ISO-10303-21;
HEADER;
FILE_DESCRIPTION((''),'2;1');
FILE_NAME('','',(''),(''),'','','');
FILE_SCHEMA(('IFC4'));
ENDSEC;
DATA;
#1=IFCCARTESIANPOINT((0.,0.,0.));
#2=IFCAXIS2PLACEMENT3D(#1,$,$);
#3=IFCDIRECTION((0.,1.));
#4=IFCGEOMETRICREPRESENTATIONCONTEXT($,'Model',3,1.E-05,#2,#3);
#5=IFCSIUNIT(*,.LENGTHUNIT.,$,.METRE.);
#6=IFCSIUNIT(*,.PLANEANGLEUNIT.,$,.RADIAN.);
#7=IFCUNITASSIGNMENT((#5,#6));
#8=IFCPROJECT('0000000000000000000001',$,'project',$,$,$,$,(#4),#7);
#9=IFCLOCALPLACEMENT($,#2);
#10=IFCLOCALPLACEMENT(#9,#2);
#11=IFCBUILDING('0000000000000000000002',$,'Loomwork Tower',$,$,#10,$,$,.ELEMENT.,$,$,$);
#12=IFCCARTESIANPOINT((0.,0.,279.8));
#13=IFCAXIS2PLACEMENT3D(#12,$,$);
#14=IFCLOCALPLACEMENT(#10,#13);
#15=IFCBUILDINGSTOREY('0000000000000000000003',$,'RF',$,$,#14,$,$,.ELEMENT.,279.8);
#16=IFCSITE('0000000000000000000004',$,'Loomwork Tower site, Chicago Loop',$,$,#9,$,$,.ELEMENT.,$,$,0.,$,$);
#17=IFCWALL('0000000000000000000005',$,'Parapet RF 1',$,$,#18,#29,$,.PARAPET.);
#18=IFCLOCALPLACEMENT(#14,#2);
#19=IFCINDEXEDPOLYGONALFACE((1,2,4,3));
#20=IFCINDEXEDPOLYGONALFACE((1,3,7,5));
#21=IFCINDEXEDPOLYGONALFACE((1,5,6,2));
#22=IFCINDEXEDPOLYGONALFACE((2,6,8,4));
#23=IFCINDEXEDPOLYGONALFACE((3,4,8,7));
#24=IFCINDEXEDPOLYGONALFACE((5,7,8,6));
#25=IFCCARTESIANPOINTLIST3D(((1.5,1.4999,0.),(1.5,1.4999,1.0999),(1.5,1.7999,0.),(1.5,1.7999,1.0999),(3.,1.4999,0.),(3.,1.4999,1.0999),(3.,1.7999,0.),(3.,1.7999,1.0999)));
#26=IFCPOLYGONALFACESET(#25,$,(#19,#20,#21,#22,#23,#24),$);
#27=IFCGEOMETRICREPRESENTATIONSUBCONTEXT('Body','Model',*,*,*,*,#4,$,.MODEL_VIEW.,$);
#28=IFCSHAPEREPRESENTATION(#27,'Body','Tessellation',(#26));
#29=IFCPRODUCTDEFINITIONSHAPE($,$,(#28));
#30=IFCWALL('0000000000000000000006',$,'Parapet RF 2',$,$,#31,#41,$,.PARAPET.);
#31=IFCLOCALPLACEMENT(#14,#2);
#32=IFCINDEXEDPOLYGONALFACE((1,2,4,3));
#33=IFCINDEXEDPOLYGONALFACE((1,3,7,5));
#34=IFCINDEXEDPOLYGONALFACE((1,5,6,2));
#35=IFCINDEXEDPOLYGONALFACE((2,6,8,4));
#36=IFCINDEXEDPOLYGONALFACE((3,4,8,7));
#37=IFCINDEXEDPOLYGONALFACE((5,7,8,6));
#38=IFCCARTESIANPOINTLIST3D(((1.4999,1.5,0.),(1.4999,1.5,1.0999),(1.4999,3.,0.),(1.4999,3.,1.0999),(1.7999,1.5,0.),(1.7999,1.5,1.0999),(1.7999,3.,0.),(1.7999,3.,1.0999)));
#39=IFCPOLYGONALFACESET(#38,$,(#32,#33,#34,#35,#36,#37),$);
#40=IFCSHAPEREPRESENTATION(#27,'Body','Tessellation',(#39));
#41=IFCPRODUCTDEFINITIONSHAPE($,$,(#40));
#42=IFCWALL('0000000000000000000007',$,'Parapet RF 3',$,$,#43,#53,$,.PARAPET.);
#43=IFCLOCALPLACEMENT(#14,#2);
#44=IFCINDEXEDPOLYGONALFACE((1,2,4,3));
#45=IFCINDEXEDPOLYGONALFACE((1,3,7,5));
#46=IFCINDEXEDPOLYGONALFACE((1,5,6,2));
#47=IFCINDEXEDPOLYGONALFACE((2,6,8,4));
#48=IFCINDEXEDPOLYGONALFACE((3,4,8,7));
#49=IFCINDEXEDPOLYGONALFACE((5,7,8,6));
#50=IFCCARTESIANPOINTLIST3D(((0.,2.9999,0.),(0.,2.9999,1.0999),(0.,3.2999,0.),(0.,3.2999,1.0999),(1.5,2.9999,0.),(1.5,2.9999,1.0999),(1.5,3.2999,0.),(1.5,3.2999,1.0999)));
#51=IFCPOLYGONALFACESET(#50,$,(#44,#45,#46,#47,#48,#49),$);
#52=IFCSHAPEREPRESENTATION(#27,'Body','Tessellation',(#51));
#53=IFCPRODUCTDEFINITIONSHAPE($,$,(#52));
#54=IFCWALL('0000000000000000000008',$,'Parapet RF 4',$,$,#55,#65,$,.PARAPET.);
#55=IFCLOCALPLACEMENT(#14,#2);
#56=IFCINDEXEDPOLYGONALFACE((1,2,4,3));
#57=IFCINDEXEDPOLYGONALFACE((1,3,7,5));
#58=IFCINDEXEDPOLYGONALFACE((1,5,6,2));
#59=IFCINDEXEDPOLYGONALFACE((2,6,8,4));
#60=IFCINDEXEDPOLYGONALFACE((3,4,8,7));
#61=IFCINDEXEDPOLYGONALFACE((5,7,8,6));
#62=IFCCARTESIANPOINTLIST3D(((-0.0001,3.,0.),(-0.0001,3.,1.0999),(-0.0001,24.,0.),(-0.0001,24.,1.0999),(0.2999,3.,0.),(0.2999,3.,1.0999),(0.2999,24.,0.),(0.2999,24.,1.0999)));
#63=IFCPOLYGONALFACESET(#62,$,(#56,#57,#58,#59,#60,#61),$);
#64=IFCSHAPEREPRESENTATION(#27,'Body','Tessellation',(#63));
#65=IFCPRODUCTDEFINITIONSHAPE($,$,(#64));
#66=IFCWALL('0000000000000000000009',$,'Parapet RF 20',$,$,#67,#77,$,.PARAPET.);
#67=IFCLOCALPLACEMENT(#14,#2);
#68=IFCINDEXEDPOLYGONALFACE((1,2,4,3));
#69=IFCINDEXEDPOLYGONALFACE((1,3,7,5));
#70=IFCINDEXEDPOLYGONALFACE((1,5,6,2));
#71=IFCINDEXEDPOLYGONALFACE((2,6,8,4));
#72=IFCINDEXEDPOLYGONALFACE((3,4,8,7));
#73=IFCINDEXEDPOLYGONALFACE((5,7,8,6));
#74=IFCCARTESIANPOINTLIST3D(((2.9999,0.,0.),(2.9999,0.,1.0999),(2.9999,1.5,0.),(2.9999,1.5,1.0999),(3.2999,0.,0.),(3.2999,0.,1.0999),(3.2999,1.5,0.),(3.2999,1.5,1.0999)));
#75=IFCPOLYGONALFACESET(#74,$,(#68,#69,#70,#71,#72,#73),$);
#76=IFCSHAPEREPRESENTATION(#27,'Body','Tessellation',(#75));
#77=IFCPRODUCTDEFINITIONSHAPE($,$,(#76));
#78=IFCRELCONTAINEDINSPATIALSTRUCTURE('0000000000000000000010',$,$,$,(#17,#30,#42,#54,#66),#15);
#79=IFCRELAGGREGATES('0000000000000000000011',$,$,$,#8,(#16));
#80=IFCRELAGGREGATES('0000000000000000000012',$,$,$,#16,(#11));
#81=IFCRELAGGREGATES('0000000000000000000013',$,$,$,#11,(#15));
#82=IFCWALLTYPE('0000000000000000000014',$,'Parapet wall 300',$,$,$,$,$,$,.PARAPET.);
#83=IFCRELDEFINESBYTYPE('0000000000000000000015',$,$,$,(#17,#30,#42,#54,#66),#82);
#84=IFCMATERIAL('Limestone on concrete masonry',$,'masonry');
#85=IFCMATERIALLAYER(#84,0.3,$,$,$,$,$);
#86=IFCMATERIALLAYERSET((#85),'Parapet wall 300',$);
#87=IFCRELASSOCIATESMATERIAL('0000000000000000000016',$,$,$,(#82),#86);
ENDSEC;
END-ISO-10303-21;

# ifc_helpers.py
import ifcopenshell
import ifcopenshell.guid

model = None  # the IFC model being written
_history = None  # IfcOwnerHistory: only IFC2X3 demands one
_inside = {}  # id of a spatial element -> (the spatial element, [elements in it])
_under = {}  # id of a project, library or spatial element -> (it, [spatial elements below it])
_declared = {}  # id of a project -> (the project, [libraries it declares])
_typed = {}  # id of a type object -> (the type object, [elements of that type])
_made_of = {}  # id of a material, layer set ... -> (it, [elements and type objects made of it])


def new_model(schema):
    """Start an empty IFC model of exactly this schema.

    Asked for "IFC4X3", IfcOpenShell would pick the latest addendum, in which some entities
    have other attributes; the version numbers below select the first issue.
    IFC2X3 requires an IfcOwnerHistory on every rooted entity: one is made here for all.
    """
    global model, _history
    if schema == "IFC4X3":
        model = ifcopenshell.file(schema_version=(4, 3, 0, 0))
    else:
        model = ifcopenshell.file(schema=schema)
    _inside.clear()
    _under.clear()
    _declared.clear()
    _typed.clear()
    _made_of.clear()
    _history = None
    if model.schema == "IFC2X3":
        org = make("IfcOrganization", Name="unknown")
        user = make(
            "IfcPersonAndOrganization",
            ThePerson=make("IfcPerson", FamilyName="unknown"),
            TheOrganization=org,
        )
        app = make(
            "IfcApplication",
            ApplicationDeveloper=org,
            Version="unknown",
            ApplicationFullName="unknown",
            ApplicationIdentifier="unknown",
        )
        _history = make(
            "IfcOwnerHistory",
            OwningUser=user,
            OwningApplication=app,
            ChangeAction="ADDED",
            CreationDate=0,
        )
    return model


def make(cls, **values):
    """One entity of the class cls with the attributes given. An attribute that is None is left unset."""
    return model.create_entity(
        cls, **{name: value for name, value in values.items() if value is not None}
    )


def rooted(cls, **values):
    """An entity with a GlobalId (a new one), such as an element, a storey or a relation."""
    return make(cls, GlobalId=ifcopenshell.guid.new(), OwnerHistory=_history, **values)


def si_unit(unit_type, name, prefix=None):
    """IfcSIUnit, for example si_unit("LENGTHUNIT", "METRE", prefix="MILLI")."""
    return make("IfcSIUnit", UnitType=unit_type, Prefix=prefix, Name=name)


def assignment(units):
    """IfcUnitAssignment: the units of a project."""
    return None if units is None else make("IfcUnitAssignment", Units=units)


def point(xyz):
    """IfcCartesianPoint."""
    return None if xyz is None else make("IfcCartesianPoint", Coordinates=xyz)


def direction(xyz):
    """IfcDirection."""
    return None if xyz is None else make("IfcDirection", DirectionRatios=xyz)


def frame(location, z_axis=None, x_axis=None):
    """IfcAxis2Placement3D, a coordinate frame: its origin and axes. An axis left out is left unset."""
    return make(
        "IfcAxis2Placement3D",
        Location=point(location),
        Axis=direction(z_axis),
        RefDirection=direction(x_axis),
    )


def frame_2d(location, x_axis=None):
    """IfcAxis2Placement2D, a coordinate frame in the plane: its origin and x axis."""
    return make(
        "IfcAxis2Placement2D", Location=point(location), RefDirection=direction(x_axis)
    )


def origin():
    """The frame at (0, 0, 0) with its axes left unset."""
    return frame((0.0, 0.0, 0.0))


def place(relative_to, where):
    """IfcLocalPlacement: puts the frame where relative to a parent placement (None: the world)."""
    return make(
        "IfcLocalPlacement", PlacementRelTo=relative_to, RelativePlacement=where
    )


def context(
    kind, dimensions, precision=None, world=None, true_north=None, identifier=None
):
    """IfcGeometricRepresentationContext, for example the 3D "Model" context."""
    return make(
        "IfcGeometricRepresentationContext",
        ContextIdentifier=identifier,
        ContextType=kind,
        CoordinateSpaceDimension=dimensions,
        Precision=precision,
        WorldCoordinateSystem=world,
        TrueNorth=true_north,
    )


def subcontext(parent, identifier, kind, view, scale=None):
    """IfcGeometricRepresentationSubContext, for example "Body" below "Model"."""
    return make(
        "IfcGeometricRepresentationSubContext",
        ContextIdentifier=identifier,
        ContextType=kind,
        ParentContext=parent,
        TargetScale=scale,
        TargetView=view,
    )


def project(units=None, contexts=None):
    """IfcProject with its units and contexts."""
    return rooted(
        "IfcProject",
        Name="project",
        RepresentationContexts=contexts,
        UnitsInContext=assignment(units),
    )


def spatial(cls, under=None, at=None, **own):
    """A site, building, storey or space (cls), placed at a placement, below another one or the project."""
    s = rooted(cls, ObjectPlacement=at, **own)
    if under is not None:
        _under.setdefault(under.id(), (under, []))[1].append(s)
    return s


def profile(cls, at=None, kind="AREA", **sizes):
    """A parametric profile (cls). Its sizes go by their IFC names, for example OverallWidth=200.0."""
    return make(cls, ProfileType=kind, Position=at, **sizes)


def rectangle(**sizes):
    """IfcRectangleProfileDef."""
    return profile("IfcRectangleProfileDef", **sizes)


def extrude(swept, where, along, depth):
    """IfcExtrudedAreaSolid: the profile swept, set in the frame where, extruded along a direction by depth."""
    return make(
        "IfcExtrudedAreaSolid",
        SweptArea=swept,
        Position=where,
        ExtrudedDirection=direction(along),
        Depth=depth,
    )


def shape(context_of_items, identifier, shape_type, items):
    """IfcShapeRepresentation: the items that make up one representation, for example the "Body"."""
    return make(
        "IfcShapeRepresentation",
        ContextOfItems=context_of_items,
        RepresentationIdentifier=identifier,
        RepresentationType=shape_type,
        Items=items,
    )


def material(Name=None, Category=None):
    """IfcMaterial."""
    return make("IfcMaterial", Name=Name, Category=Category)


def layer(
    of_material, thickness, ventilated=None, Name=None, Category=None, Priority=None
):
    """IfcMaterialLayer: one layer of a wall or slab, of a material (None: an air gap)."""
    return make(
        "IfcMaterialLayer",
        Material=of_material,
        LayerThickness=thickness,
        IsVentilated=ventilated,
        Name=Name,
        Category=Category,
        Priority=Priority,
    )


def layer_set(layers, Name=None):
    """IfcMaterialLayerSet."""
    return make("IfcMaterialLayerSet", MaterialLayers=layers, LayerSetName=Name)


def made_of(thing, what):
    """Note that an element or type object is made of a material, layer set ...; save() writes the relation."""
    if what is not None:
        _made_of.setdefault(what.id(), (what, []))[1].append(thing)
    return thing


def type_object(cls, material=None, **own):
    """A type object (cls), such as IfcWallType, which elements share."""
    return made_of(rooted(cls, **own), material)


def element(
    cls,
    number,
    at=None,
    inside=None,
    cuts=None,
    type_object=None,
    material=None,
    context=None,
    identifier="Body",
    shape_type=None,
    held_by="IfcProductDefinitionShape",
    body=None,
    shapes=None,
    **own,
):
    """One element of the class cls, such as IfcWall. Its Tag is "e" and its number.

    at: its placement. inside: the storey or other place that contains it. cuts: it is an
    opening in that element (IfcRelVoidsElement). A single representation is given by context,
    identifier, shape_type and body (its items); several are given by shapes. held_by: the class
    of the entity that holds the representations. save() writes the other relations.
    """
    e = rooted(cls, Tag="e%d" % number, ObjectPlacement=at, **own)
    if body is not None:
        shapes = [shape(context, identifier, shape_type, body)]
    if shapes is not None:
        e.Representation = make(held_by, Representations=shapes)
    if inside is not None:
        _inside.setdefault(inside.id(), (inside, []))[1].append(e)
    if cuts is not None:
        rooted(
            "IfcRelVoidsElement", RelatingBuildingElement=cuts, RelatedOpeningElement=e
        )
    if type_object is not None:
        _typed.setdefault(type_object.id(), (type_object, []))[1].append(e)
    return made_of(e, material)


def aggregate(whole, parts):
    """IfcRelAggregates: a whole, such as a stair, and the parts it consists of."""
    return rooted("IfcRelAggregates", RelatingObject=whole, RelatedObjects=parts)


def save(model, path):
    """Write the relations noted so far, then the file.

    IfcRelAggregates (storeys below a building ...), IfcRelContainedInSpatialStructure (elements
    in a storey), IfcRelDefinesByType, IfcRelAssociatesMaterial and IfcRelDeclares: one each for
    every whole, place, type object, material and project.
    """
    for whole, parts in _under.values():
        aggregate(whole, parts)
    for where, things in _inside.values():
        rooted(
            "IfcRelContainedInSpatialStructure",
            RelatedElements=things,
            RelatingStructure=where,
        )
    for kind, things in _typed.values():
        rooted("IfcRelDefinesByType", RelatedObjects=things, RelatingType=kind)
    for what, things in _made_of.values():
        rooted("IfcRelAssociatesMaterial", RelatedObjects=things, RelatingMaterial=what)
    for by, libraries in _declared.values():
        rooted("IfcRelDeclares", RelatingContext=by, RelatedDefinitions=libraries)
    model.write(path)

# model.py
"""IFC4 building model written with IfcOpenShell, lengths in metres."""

from ifc_helpers import new_model, si_unit, direction, frame, frame_2d, origin, place, context, subcontext, project, spatial, rectangle, extrude, material, layer, layer_set, type_object, element, save


model = new_model("IFC4")

# Units and contexts
model_context = context("Model", 3, precision=1e-05, world=origin(), true_north=direction((0.0, 1.0)))
body_context = subcontext(model_context, "Body", "Model", "MODEL_VIEW")
ifc_project = project(units=[si_unit("LENGTHUNIT", "METRE"), si_unit("PLANEANGLEUNIT", "RADIAN")], contexts=[model_context])

# Site, building, storey
site_placement = place(None, origin())
site = spatial("IfcSite", under=ifc_project, at=site_placement, Name="Loomwork Tower site, Chicago Loop", CompositionType="ELEMENT", RefElevation=0.0)
building_placement = place(site_placement, origin())
building = spatial("IfcBuilding", under=site, at=building_placement, Name="Loomwork Tower", CompositionType="ELEMENT")
storey_placement = place(building_placement, frame((0.0, 0.0, 279.8)))
storey = spatial("IfcBuildingStorey", under=building, at=storey_placement, Name="RF", CompositionType="ELEMENT", Elevation=279.8)

# Walls
ifc_material_1 = material(Name="Limestone on concrete masonry", Category="masonry")
ifc_layer_1 = layer(ifc_material_1, 0.3)
ifc_layer_set_1 = layer_set([ifc_layer_1], Name="Parapet wall 300")
wall_type_1 = type_object("IfcWallType", Name="Parapet wall 300", PredefinedType="PARAPET", material=ifc_layer_set_1)
for number, where, z_axis, x_axis, name in (
    (1, (3.0, 1.6499, 0.0), (0.0, 0.0, 1.0), (-1.0, 0.0, 0.0), "Parapet RF 1"),
    (2, (1.6499, 1.5, 0.0), (0.0, 0.0, 1.0), (0.0, 1.0, 0.0), "Parapet RF 2"),
    (3, (1.5, 3.1499, 0.0), (0.0, 0.0, 1.0), (-1.0, 0.0, 0.0), "Parapet RF 3"),
):
    element("IfcWall", number, at=place(storey_placement, frame(where, z_axis=z_axis, x_axis=x_axis)), inside=storey, type_object=wall_type_1, Name=name, PredefinedType="PARAPET", context=body_context, shape_type="SweptSolid", body=[
        extrude(rectangle(XDim=1.5, YDim=0.3, at=frame_2d((0.75, 0.0))), origin(), (0.0, 0.0, 1.0), 1.0999),
    ])
wall_1_placement = place(storey_placement, frame((0.1499, 3.0, 0.0), z_axis=(0.0, 0.0, 1.0), x_axis=(0.0, 1.0, 0.0)))
element("IfcWall", 4, at=wall_1_placement, inside=storey, type_object=wall_type_1, Name="Parapet RF 4", PredefinedType="PARAPET", context=body_context, shape_type="SweptSolid", body=[
    extrude(rectangle(XDim=21.0, YDim=0.3, at=frame_2d((10.5, 0.0))), origin(), (0.0, 0.0, 1.0), 1.0999),
])
wall_2_placement = place(storey_placement, frame((3.1499, 0.0, 0.0), z_axis=(0.0, 0.0, 1.0), x_axis=(0.0, 1.0, 0.0)))
element("IfcWall", 5, at=wall_2_placement, inside=storey, type_object=wall_type_1, Name="Parapet RF 20", PredefinedType="PARAPET", context=body_context, shape_type="SweptSolid", body=[
    extrude(rectangle(XDim=1.5, YDim=0.3, at=frame_2d((0.75, 0.0))), origin(), (0.0, 0.0, 1.0), 1.0999),
])

save(model, "model.ifc")
